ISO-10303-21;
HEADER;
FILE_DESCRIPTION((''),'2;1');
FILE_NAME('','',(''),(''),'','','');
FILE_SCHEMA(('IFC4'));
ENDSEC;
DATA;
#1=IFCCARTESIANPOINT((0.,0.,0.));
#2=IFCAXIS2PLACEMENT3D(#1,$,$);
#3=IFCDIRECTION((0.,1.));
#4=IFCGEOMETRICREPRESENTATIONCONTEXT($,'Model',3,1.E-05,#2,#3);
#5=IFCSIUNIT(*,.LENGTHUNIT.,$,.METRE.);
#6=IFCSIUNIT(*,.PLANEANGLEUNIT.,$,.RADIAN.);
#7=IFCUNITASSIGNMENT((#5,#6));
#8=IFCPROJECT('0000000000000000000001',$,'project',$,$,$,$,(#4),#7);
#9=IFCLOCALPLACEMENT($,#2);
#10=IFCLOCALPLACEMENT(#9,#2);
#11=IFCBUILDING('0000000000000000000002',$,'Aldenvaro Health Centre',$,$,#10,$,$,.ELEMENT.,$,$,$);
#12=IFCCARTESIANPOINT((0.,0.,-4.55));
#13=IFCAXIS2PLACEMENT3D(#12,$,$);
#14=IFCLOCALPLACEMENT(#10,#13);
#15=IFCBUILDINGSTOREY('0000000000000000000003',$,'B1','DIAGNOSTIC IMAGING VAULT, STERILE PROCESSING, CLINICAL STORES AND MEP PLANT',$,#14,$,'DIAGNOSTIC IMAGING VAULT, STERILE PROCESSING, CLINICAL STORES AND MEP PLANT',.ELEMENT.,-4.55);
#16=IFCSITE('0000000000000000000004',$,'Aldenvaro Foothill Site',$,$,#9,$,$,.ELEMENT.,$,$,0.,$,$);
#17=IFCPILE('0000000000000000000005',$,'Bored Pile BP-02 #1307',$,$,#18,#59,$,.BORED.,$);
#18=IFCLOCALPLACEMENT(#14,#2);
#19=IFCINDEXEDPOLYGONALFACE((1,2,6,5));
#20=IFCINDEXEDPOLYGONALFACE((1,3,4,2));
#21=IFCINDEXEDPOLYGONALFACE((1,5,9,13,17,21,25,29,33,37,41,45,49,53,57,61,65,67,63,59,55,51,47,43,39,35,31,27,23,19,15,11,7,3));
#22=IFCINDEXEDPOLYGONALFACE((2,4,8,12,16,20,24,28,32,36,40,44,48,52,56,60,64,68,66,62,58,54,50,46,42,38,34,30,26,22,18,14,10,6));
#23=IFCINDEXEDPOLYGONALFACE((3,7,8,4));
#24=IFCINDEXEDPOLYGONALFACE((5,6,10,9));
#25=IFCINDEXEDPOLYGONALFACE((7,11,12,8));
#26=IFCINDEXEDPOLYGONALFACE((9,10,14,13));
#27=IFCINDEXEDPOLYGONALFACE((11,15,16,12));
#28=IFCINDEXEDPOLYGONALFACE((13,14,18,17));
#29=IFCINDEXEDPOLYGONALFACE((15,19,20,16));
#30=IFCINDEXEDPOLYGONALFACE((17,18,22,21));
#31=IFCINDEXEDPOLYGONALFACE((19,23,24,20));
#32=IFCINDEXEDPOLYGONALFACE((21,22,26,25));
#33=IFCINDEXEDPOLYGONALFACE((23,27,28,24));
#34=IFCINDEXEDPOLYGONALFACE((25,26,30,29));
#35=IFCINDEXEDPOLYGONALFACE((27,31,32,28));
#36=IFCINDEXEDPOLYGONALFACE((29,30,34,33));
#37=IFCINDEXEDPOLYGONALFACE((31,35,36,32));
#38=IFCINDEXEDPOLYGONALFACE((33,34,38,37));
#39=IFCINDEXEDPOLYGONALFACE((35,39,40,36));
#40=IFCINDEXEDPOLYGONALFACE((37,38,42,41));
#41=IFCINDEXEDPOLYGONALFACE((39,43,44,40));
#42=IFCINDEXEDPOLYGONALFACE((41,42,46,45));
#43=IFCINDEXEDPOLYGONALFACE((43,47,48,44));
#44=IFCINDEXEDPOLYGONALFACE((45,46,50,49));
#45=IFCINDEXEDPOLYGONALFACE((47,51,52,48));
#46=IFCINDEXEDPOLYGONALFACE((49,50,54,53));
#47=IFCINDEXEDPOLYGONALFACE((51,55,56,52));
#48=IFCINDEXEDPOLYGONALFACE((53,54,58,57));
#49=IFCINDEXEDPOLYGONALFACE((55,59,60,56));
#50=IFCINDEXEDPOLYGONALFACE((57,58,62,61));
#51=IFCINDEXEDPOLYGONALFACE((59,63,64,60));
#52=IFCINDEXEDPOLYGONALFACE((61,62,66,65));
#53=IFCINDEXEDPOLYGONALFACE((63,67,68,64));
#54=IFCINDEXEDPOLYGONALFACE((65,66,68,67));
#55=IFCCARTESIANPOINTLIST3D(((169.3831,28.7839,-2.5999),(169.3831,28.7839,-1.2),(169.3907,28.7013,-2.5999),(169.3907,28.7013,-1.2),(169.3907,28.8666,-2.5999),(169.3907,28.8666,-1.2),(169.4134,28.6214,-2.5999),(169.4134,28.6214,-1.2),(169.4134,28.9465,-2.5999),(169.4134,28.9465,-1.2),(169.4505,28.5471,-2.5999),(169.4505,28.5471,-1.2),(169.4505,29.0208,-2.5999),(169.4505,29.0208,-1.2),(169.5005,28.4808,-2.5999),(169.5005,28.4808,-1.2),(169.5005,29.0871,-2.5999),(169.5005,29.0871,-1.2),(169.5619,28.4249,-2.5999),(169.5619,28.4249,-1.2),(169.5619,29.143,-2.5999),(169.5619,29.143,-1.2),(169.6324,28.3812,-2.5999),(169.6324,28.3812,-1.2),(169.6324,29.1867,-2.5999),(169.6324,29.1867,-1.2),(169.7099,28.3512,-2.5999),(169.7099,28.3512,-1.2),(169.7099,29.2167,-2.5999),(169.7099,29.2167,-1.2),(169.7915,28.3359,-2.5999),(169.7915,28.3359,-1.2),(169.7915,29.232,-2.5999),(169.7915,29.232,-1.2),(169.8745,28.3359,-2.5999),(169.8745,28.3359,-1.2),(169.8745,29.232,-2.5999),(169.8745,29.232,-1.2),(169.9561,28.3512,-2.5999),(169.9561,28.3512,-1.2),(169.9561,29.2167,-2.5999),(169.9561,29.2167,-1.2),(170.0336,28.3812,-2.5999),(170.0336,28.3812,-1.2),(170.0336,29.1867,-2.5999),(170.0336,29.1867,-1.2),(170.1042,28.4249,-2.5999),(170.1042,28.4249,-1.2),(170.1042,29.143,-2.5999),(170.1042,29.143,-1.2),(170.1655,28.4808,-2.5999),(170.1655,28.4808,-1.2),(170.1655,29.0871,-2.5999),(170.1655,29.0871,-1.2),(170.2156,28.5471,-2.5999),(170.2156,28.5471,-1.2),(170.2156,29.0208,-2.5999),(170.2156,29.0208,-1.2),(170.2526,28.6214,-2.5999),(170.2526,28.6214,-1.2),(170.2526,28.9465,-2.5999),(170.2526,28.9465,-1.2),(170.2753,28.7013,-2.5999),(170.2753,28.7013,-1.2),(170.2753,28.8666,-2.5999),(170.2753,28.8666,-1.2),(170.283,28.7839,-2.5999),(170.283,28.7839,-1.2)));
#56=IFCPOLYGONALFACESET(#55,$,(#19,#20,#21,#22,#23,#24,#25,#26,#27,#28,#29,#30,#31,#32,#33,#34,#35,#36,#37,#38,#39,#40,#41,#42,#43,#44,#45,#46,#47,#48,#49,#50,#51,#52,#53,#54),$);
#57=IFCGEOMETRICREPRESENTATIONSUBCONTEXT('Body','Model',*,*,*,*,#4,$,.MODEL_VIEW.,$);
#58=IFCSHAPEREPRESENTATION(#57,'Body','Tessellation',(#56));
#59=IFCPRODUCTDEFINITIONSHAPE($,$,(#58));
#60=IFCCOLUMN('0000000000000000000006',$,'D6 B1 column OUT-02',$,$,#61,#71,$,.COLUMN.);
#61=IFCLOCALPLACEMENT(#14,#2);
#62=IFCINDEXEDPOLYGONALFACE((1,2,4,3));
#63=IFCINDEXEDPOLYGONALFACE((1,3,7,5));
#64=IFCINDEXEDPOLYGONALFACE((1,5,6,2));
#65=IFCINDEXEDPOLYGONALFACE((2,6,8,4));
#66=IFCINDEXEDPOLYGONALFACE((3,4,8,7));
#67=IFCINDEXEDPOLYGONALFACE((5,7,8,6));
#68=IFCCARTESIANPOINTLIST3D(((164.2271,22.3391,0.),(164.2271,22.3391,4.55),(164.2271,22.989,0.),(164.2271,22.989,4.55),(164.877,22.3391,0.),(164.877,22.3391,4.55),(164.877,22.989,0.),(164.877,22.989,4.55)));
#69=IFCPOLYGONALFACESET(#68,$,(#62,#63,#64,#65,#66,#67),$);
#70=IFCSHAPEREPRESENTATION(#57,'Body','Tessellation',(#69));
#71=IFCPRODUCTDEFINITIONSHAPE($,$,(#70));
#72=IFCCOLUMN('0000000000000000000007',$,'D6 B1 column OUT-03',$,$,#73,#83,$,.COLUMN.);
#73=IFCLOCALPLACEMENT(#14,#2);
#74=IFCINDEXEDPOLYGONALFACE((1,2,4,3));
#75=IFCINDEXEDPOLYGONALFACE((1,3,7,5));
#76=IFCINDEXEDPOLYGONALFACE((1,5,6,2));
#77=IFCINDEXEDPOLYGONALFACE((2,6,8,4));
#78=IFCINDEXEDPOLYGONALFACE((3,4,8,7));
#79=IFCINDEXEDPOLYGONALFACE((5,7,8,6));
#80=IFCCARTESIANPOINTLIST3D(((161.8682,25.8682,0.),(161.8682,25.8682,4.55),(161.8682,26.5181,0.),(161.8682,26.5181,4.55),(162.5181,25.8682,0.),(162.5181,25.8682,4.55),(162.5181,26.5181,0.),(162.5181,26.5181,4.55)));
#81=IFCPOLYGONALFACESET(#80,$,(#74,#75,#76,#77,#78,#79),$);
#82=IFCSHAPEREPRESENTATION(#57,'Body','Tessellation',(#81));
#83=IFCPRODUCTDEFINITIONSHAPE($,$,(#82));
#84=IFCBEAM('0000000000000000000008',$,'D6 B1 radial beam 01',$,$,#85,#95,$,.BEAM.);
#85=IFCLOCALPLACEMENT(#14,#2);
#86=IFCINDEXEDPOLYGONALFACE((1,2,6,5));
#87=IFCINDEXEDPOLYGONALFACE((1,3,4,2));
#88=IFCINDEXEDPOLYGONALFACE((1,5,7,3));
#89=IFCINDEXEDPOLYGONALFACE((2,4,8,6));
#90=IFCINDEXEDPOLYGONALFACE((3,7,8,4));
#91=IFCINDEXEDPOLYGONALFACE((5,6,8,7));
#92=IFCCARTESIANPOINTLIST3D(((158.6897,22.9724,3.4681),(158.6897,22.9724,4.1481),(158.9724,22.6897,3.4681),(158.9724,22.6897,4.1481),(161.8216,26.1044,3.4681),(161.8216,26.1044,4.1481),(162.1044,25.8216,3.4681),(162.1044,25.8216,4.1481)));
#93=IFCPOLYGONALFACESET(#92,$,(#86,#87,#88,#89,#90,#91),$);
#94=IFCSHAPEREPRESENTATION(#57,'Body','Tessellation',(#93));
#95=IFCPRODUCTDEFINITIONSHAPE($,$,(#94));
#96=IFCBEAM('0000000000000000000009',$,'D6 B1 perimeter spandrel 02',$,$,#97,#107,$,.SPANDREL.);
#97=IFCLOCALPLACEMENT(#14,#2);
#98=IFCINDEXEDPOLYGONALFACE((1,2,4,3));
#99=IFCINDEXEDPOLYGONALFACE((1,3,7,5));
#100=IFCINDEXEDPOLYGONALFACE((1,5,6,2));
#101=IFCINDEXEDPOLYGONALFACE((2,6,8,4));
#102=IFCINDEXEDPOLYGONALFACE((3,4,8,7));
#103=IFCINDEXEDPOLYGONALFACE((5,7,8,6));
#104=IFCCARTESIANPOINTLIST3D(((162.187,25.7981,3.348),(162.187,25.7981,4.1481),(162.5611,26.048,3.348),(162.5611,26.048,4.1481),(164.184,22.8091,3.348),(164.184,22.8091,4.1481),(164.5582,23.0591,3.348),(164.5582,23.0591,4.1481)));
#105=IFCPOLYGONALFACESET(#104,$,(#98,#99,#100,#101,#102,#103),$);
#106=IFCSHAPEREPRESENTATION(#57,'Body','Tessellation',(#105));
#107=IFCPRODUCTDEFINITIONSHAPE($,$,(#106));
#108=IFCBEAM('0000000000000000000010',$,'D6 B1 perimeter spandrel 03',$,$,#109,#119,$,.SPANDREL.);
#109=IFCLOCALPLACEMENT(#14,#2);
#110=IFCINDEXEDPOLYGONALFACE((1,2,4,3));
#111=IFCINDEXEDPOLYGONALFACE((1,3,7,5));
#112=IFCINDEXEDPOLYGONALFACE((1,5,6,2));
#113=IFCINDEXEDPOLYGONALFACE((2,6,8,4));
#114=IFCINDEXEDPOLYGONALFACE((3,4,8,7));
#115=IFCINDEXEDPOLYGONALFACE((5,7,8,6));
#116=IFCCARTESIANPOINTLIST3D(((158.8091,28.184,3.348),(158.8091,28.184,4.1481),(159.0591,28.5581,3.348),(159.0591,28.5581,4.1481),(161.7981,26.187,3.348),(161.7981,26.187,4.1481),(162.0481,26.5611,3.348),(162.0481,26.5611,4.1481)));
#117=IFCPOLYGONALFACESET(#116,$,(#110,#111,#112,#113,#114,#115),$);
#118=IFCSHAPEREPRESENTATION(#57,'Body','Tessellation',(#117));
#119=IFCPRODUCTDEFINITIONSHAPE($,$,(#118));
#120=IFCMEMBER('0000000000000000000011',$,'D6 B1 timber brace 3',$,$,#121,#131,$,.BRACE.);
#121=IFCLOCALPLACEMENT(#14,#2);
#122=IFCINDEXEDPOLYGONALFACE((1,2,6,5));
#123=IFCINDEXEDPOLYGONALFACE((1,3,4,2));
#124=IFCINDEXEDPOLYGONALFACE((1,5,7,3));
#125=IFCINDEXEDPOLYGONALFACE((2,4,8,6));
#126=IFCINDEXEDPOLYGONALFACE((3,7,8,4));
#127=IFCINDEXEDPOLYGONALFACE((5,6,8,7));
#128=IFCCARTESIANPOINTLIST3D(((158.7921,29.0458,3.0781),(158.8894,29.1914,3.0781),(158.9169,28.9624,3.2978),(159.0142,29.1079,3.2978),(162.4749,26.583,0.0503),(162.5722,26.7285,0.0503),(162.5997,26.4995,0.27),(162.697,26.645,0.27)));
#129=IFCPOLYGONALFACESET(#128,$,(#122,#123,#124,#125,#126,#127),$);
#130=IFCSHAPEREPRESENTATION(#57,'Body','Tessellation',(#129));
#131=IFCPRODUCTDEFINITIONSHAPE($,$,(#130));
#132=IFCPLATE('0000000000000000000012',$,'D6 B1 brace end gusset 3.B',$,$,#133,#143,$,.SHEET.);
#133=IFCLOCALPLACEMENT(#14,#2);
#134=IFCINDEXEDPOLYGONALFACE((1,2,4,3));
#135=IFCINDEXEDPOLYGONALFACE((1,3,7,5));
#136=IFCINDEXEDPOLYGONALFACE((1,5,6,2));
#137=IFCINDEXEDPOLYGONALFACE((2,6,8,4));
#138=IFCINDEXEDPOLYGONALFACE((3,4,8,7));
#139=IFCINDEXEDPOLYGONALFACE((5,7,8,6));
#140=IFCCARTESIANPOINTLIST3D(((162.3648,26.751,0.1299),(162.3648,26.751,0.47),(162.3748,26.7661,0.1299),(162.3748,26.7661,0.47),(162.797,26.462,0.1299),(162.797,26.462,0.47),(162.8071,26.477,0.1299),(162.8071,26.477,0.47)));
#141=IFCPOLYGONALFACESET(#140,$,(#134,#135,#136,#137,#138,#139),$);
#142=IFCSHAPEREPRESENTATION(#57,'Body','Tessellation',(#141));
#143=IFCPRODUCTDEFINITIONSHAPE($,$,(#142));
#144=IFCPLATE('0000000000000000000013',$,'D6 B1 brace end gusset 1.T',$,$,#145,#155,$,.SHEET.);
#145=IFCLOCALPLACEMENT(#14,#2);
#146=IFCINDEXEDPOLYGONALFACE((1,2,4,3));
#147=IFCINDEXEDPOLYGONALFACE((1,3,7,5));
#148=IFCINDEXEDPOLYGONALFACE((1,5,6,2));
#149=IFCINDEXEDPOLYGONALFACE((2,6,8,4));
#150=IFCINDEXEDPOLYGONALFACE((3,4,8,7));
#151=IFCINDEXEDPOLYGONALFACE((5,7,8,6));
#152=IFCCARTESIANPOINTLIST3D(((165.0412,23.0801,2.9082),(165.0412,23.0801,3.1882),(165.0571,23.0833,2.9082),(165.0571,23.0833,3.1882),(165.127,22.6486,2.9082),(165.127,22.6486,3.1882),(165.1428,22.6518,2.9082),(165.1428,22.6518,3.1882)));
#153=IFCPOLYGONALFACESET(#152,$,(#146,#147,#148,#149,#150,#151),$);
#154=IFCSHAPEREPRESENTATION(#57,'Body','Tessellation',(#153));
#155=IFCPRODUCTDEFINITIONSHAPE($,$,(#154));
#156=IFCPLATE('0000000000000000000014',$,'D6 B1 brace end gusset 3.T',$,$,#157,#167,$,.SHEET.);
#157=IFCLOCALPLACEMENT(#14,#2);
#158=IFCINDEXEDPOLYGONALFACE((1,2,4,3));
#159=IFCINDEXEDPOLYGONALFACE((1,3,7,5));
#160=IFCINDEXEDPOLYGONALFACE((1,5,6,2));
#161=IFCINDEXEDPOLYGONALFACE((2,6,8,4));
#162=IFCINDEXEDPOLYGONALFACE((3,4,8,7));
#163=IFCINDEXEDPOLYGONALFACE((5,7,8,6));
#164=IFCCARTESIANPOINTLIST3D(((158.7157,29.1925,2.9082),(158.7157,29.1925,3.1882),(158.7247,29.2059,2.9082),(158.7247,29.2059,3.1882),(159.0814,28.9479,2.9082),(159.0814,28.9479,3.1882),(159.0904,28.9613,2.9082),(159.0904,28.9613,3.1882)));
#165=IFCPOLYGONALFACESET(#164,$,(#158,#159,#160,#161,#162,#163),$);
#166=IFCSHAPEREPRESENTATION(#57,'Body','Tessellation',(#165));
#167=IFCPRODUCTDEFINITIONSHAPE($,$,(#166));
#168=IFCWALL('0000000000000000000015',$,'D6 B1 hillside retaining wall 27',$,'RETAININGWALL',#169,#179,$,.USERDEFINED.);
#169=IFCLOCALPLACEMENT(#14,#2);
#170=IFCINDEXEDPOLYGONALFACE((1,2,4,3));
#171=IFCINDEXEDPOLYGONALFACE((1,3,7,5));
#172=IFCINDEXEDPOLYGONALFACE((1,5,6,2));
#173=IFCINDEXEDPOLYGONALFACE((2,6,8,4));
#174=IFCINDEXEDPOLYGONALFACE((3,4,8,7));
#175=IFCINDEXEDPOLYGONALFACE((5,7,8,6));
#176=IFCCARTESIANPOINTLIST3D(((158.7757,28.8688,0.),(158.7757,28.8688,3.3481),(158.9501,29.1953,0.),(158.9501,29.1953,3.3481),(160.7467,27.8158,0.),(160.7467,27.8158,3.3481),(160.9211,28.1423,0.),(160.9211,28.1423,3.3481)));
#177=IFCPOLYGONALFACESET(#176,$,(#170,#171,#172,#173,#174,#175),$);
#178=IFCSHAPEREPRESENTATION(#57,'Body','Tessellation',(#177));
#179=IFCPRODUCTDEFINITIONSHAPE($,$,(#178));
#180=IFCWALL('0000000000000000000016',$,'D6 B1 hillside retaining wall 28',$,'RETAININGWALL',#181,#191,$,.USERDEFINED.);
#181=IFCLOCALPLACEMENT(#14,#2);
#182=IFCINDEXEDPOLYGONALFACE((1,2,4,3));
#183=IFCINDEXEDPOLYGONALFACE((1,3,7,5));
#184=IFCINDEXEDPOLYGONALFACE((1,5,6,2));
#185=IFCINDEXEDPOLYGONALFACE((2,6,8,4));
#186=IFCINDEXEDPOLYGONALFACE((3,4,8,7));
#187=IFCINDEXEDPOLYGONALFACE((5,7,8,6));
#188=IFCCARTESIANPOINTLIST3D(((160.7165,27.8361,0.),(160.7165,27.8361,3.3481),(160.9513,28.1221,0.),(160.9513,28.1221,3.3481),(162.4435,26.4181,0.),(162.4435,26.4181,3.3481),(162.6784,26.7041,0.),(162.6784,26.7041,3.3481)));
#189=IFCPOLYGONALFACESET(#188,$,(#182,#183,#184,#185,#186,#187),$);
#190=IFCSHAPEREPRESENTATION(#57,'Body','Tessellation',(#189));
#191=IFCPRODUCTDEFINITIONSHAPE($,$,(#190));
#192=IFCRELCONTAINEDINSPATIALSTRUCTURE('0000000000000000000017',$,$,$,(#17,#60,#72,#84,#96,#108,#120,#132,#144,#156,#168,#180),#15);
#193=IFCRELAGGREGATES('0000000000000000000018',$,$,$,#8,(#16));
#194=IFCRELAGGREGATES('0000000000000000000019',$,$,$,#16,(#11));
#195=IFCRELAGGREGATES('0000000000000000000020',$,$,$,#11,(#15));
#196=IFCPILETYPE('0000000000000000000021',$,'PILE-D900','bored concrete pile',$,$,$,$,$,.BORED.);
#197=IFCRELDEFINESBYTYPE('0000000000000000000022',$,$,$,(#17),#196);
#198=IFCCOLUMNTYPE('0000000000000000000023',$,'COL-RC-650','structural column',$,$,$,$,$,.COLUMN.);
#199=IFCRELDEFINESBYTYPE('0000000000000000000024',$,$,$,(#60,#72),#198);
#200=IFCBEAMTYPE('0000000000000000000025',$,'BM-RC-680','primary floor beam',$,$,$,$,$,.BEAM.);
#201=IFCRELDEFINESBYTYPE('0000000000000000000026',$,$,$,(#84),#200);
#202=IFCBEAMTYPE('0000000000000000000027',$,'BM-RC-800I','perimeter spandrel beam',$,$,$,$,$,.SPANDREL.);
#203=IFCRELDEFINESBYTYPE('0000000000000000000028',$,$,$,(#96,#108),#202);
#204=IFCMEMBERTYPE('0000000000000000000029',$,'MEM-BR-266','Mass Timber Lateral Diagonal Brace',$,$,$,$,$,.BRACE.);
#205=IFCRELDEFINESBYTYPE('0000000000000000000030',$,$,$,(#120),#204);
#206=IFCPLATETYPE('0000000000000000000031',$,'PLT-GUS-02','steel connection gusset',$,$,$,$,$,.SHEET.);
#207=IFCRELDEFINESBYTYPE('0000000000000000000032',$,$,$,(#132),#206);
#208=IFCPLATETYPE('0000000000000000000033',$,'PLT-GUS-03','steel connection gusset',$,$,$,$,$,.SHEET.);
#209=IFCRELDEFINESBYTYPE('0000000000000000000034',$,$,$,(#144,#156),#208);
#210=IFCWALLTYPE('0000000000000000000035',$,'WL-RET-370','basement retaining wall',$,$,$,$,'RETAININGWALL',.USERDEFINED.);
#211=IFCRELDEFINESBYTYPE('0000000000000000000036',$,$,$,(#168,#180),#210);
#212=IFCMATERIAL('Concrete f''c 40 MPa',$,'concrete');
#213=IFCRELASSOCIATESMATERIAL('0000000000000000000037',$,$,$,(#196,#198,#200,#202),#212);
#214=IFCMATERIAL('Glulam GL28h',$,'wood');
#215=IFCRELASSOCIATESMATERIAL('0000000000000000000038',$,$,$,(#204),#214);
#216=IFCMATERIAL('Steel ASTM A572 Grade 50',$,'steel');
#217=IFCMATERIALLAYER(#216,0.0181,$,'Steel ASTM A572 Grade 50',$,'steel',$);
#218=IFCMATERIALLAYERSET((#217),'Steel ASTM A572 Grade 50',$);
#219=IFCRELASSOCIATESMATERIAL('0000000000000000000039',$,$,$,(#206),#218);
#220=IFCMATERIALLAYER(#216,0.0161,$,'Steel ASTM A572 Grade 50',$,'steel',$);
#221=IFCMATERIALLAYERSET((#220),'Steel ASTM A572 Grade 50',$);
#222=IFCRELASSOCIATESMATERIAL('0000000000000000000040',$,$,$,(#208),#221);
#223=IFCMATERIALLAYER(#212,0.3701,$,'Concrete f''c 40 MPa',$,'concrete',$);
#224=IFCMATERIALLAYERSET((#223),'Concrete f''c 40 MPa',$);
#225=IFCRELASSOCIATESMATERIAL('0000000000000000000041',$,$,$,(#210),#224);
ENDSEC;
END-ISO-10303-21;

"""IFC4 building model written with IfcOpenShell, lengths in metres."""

from ifc_helpers import new_model, si_unit, direction, frame, frame_2d, origin, origin_2d, place, context, subcontext, project, spatial, rectangle, circle, extrude, material, layer, layer_set, material_profile, profile_set, type_object, element, save


model = new_model("IFC4")

# Units and contexts
model_context = context("Model", 3, precision=1e-05, world=origin(), true_north=direction((0.0, 1.0)))
body_context = subcontext(model_context, "Body", "Model", "MODEL_VIEW")
ifc_project = project(units=[si_unit("LENGTHUNIT", "METRE"), si_unit("PLANEANGLEUNIT", "RADIAN")], contexts=[model_context])

# Site, building, storey
site_placement = place(None, origin())
site = spatial("IfcSite", under=ifc_project, at=site_placement, Name="Aldenvaro Foothill Site", CompositionType="ELEMENT", RefElevation=0.0)
building_placement = place(site_placement, origin())
building = spatial("IfcBuilding", under=site, at=building_placement, Name="Aldenvaro Health Centre", CompositionType="ELEMENT")
storey_placement = place(building_placement, frame((0.0, 0.0, -4.55)))
storey = spatial("IfcBuildingStorey", under=building, at=storey_placement, Name="B1", Description="DIAGNOSTIC IMAGING VAULT, STERILE PROCESSING, CLINICAL STORES AND MEP PLANT", LongName="DIAGNOSTIC IMAGING VAULT, STERILE PROCESSING, CLINICAL STORES AND MEP PLANT", CompositionType="ELEMENT", Elevation=-4.55)

# Pile
ifc_material_1 = material(Name="Concrete f'c 40 MPa", Category="concrete")
ifc_material_profile_1 = material_profile(ifc_material_1, circle(Radius=0.45, at=origin_2d()), Name="PILE D900", Category="concrete")
ifc_profile_set_1 = profile_set([ifc_material_profile_1], Name="Concrete f'c 40 MPa")
pile_type = type_object("IfcPileType", Name="PILE-D900", Description="bored concrete pile", PredefinedType="BORED", material=ifc_profile_set_1)
for number, where, z_axis, x_axis, name in (
    (1, (169.833, 28.7839, -1.2), (0.0, 0.0, -1.0), (1.0, 0.0, 0.0), "Bored Pile BP-02 #1307"),
):
    element("IfcPile", number, at=place(storey_placement, frame(where, z_axis=z_axis, x_axis=x_axis)), inside=storey, type_object=pile_type, Name=name, PredefinedType="BORED", context=body_context, shape_type="SweptSolid", body=[
        extrude(circle(Radius=0.45, at=origin_2d()), origin(), (0.0, 0.0, 1.0), 1.3999),
    ])

# Columns
ifc_material_profile_2 = material_profile(ifc_material_1, rectangle(XDim=0.6499, YDim=0.6499, at=origin_2d()), Name="RC 650x650", Category="concrete")
ifc_profile_set_2 = profile_set([ifc_material_profile_2], Name="Concrete f'c 40 MPa")
column_type = type_object("IfcColumnType", Name="COL-RC-650", Description="structural column", PredefinedType="COLUMN", material=ifc_profile_set_2)
for number, where, z_axis, x_axis, name in (
    (2, (164.552, 22.6641, 0.0), (0.0, 0.0, 1.0), (1.0, 0.0, 0.0), "D6 B1 column OUT-02"),
    (3, (162.1931, 26.1931, 0.0), (0.0, 0.0, 1.0), (1.0, 0.0, 0.0), "D6 B1 column OUT-03"),
):
    element("IfcColumn", number, at=place(storey_placement, frame(where, z_axis=z_axis, x_axis=x_axis)), inside=storey, type_object=column_type, Name=name, PredefinedType="COLUMN", context=body_context, shape_type="SweptSolid", body=[
        extrude(rectangle(XDim=0.6499, YDim=0.6499, at=origin_2d()), origin(), (0.0, 0.0, 1.0), 4.55),
    ])

# Beams
ifc_material_profile_3 = material_profile(ifc_material_1, rectangle(XDim=0.3999, YDim=0.6799, at=origin_2d()), Name="RC 400x680", Category="concrete")
ifc_profile_set_3 = profile_set([ifc_material_profile_3], Name="Concrete f'c 40 MPa")
beam_type_1 = type_object("IfcBeamType", Name="BM-RC-680", Description="primary floor beam", PredefinedType="BEAM", material=ifc_profile_set_3)
beam_placement = place(storey_placement, frame((158.8311, 22.8311, 3.8081), z_axis=(0.707107, 0.707107, 0.0), x_axis=(-0.707107, 0.707107, 0.0)))
element("IfcBeam", 4, at=beam_placement, inside=storey, type_object=beam_type_1, Name="D6 B1 radial beam 01", PredefinedType="BEAM", context=body_context, shape_type="SweptSolid", body=[
    extrude(rectangle(XDim=0.3999, YDim=0.6799, at=origin_2d()), origin(), (0.0, 0.0, 1.0), 4.4292),
])
ifc_material_profile_4 = material_profile(ifc_material_1, rectangle(XDim=0.45, YDim=0.8, at=origin_2d()), Name="RC 450x800", Category="concrete")
ifc_profile_set_4 = profile_set([ifc_material_profile_4], Name="Concrete f'c 40 MPa")
beam_type_2 = type_object("IfcBeamType", Name="BM-RC-800I", Description="perimeter spandrel beam", PredefinedType="SPANDREL", material=ifc_profile_set_4)
for number, where, z_axis, x_axis, name in (
    (5, (164.3711, 22.9341, 3.748), (-0.555546, 0.831486, 0.0), (-0.831486, -0.555546, 0.0), "D6 B1 perimeter spandrel 02"),
    (6, (161.9231, 26.374, 3.748), (-0.831486, 0.555546, 0.0), (-0.555546, -0.831486, 0.0), "D6 B1 perimeter spandrel 03"),
):
    element("IfcBeam", number, at=place(storey_placement, frame(where, z_axis=z_axis, x_axis=x_axis)), inside=storey, type_object=beam_type_2, Name=name, PredefinedType="SPANDREL", context=body_context, shape_type="SweptSolid", body=[
        extrude(rectangle(XDim=0.45, YDim=0.8, at=origin_2d()), origin(), (0.0, 0.0, 1.0), 3.5947),
    ])

# Member
ifc_material_2 = material(Name="Glulam GL28h", Category="wood")
ifc_material_profile_5 = material_profile(ifc_material_2, rectangle(XDim=0.175, YDim=0.2661, at=origin_2d()), Name="GL 175x266", Category="wood")
ifc_profile_set_5 = profile_set([ifc_material_profile_5], Name="Glulam GL28h")
member_type = type_object("IfcMemberType", Name="MEM-BR-266", Description="Mass Timber Lateral Diagonal Brace", PredefinedType="BRACE", material=ifc_profile_set_5)
member_placement = place(storey_placement, frame((162.5859, 26.614, 0.1602), z_axis=(-0.686296, 0.458956, 0.564232), x_axis=(-0.555895, -0.831253, 0.0)))
element("IfcMember", 7, at=member_placement, inside=storey, type_object=member_type, Name="D6 B1 timber brace 3", PredefinedType="BRACE", context=body_context, shape_type="SweptSolid", body=[
    extrude(rectangle(XDim=0.175, YDim=0.2661, at=origin_2d()), origin(), (0.0, 0.0, 1.0), 5.3662),
])

# Plates
ifc_material_3 = material(Name="Steel ASTM A572 Grade 50", Category="steel")
ifc_layer_1 = layer(ifc_material_3, 0.0181, Name="Steel ASTM A572 Grade 50", Category="steel")
ifc_layer_set_1 = layer_set([ifc_layer_1], Name="Steel ASTM A572 Grade 50")
plate_type_1 = type_object("IfcPlateType", Name="PLT-GUS-02", Description="steel connection gusset", PredefinedType="SHEET", material=ifc_layer_set_1)
plate_placement = place(storey_placement, frame((162.5859, 26.614, 0.1299), z_axis=(0.0, 0.0, 1.0), x_axis=(-0.831247, 0.555904, 0.0)))
element("IfcPlate", 8, at=plate_placement, inside=storey, type_object=plate_type_1, Name="D6 B1 brace end gusset 3.B", PredefinedType="SHEET", context=body_context, shape_type="SweptSolid", body=[
    extrude(rectangle(XDim=0.52, YDim=0.0181, at=origin_2d()), origin(), (0.0, 0.0, 1.0), 0.3401),
])
ifc_layer_2 = layer(ifc_material_3, 0.0161, Name="Steel ASTM A572 Grade 50", Category="steel")
ifc_layer_set_2 = layer_set([ifc_layer_2], Name="Steel ASTM A572 Grade 50")
plate_type_2 = type_object("IfcPlateType", Name="PLT-GUS-03", Description="steel connection gusset", PredefinedType="SHEET", material=ifc_layer_set_2)
for number, where, z_axis, x_axis, name in (
    (9, (165.092, 22.866, 2.9082), (0.0, 0.0, 1.0), (-0.194988, 0.980806, 0.0), "D6 B1 brace end gusset 1.T"),
    (10, (158.9031, 29.0769, 2.9082), (0.0, 0.0, 1.0), (-0.831247, 0.555904, 0.0), "D6 B1 brace end gusset 3.T"),
):
    element("IfcPlate", number, at=place(storey_placement, frame(where, z_axis=z_axis, x_axis=x_axis)), inside=storey, type_object=plate_type_2, Name=name, PredefinedType="SHEET", context=body_context, shape_type="SweptSolid", body=[
        extrude(rectangle(XDim=0.4399, YDim=0.0161, at=origin_2d()), origin(), (0.0, 0.0, 1.0), 0.28),
    ])

# Walls
ifc_layer_3 = layer(ifc_material_1, 0.3701, Name="Concrete f'c 40 MPa", Category="concrete")
ifc_layer_set_3 = layer_set([ifc_layer_3], Name="Concrete f'c 40 MPa")
wall_type = type_object("IfcWallType", Name="WL-RET-370", Description="basement retaining wall", ElementType="RETAININGWALL", PredefinedType="USERDEFINED", material=ifc_layer_set_3)
for number, where, z_axis, x_axis, name in (
    (11, (158.863, 29.032, 0.0), (0.0, 0.0, 1.0), (0.882017, -0.471218, 0.0), "D6 B1 hillside retaining wall 27"),
    (12, (160.834, 27.979, 0.0), (0.0, 0.0, 1.0), (0.772876, -0.634558, 0.0), "D6 B1 hillside retaining wall 28"),
):
    element("IfcWall", number, at=place(storey_placement, frame(where, z_axis=z_axis, x_axis=x_axis)), inside=storey, type_object=wall_type, Name=name, ObjectType="RETAININGWALL", PredefinedType="USERDEFINED", context=body_context, shape_type="SweptSolid", body=[
        extrude(rectangle(XDim=2.2346, YDim=0.3701, at=frame_2d((1.1172, 0.0))), origin(), (0.0, 0.0, 1.0), 3.3481),
    ])

save(model, "model.ifc")
